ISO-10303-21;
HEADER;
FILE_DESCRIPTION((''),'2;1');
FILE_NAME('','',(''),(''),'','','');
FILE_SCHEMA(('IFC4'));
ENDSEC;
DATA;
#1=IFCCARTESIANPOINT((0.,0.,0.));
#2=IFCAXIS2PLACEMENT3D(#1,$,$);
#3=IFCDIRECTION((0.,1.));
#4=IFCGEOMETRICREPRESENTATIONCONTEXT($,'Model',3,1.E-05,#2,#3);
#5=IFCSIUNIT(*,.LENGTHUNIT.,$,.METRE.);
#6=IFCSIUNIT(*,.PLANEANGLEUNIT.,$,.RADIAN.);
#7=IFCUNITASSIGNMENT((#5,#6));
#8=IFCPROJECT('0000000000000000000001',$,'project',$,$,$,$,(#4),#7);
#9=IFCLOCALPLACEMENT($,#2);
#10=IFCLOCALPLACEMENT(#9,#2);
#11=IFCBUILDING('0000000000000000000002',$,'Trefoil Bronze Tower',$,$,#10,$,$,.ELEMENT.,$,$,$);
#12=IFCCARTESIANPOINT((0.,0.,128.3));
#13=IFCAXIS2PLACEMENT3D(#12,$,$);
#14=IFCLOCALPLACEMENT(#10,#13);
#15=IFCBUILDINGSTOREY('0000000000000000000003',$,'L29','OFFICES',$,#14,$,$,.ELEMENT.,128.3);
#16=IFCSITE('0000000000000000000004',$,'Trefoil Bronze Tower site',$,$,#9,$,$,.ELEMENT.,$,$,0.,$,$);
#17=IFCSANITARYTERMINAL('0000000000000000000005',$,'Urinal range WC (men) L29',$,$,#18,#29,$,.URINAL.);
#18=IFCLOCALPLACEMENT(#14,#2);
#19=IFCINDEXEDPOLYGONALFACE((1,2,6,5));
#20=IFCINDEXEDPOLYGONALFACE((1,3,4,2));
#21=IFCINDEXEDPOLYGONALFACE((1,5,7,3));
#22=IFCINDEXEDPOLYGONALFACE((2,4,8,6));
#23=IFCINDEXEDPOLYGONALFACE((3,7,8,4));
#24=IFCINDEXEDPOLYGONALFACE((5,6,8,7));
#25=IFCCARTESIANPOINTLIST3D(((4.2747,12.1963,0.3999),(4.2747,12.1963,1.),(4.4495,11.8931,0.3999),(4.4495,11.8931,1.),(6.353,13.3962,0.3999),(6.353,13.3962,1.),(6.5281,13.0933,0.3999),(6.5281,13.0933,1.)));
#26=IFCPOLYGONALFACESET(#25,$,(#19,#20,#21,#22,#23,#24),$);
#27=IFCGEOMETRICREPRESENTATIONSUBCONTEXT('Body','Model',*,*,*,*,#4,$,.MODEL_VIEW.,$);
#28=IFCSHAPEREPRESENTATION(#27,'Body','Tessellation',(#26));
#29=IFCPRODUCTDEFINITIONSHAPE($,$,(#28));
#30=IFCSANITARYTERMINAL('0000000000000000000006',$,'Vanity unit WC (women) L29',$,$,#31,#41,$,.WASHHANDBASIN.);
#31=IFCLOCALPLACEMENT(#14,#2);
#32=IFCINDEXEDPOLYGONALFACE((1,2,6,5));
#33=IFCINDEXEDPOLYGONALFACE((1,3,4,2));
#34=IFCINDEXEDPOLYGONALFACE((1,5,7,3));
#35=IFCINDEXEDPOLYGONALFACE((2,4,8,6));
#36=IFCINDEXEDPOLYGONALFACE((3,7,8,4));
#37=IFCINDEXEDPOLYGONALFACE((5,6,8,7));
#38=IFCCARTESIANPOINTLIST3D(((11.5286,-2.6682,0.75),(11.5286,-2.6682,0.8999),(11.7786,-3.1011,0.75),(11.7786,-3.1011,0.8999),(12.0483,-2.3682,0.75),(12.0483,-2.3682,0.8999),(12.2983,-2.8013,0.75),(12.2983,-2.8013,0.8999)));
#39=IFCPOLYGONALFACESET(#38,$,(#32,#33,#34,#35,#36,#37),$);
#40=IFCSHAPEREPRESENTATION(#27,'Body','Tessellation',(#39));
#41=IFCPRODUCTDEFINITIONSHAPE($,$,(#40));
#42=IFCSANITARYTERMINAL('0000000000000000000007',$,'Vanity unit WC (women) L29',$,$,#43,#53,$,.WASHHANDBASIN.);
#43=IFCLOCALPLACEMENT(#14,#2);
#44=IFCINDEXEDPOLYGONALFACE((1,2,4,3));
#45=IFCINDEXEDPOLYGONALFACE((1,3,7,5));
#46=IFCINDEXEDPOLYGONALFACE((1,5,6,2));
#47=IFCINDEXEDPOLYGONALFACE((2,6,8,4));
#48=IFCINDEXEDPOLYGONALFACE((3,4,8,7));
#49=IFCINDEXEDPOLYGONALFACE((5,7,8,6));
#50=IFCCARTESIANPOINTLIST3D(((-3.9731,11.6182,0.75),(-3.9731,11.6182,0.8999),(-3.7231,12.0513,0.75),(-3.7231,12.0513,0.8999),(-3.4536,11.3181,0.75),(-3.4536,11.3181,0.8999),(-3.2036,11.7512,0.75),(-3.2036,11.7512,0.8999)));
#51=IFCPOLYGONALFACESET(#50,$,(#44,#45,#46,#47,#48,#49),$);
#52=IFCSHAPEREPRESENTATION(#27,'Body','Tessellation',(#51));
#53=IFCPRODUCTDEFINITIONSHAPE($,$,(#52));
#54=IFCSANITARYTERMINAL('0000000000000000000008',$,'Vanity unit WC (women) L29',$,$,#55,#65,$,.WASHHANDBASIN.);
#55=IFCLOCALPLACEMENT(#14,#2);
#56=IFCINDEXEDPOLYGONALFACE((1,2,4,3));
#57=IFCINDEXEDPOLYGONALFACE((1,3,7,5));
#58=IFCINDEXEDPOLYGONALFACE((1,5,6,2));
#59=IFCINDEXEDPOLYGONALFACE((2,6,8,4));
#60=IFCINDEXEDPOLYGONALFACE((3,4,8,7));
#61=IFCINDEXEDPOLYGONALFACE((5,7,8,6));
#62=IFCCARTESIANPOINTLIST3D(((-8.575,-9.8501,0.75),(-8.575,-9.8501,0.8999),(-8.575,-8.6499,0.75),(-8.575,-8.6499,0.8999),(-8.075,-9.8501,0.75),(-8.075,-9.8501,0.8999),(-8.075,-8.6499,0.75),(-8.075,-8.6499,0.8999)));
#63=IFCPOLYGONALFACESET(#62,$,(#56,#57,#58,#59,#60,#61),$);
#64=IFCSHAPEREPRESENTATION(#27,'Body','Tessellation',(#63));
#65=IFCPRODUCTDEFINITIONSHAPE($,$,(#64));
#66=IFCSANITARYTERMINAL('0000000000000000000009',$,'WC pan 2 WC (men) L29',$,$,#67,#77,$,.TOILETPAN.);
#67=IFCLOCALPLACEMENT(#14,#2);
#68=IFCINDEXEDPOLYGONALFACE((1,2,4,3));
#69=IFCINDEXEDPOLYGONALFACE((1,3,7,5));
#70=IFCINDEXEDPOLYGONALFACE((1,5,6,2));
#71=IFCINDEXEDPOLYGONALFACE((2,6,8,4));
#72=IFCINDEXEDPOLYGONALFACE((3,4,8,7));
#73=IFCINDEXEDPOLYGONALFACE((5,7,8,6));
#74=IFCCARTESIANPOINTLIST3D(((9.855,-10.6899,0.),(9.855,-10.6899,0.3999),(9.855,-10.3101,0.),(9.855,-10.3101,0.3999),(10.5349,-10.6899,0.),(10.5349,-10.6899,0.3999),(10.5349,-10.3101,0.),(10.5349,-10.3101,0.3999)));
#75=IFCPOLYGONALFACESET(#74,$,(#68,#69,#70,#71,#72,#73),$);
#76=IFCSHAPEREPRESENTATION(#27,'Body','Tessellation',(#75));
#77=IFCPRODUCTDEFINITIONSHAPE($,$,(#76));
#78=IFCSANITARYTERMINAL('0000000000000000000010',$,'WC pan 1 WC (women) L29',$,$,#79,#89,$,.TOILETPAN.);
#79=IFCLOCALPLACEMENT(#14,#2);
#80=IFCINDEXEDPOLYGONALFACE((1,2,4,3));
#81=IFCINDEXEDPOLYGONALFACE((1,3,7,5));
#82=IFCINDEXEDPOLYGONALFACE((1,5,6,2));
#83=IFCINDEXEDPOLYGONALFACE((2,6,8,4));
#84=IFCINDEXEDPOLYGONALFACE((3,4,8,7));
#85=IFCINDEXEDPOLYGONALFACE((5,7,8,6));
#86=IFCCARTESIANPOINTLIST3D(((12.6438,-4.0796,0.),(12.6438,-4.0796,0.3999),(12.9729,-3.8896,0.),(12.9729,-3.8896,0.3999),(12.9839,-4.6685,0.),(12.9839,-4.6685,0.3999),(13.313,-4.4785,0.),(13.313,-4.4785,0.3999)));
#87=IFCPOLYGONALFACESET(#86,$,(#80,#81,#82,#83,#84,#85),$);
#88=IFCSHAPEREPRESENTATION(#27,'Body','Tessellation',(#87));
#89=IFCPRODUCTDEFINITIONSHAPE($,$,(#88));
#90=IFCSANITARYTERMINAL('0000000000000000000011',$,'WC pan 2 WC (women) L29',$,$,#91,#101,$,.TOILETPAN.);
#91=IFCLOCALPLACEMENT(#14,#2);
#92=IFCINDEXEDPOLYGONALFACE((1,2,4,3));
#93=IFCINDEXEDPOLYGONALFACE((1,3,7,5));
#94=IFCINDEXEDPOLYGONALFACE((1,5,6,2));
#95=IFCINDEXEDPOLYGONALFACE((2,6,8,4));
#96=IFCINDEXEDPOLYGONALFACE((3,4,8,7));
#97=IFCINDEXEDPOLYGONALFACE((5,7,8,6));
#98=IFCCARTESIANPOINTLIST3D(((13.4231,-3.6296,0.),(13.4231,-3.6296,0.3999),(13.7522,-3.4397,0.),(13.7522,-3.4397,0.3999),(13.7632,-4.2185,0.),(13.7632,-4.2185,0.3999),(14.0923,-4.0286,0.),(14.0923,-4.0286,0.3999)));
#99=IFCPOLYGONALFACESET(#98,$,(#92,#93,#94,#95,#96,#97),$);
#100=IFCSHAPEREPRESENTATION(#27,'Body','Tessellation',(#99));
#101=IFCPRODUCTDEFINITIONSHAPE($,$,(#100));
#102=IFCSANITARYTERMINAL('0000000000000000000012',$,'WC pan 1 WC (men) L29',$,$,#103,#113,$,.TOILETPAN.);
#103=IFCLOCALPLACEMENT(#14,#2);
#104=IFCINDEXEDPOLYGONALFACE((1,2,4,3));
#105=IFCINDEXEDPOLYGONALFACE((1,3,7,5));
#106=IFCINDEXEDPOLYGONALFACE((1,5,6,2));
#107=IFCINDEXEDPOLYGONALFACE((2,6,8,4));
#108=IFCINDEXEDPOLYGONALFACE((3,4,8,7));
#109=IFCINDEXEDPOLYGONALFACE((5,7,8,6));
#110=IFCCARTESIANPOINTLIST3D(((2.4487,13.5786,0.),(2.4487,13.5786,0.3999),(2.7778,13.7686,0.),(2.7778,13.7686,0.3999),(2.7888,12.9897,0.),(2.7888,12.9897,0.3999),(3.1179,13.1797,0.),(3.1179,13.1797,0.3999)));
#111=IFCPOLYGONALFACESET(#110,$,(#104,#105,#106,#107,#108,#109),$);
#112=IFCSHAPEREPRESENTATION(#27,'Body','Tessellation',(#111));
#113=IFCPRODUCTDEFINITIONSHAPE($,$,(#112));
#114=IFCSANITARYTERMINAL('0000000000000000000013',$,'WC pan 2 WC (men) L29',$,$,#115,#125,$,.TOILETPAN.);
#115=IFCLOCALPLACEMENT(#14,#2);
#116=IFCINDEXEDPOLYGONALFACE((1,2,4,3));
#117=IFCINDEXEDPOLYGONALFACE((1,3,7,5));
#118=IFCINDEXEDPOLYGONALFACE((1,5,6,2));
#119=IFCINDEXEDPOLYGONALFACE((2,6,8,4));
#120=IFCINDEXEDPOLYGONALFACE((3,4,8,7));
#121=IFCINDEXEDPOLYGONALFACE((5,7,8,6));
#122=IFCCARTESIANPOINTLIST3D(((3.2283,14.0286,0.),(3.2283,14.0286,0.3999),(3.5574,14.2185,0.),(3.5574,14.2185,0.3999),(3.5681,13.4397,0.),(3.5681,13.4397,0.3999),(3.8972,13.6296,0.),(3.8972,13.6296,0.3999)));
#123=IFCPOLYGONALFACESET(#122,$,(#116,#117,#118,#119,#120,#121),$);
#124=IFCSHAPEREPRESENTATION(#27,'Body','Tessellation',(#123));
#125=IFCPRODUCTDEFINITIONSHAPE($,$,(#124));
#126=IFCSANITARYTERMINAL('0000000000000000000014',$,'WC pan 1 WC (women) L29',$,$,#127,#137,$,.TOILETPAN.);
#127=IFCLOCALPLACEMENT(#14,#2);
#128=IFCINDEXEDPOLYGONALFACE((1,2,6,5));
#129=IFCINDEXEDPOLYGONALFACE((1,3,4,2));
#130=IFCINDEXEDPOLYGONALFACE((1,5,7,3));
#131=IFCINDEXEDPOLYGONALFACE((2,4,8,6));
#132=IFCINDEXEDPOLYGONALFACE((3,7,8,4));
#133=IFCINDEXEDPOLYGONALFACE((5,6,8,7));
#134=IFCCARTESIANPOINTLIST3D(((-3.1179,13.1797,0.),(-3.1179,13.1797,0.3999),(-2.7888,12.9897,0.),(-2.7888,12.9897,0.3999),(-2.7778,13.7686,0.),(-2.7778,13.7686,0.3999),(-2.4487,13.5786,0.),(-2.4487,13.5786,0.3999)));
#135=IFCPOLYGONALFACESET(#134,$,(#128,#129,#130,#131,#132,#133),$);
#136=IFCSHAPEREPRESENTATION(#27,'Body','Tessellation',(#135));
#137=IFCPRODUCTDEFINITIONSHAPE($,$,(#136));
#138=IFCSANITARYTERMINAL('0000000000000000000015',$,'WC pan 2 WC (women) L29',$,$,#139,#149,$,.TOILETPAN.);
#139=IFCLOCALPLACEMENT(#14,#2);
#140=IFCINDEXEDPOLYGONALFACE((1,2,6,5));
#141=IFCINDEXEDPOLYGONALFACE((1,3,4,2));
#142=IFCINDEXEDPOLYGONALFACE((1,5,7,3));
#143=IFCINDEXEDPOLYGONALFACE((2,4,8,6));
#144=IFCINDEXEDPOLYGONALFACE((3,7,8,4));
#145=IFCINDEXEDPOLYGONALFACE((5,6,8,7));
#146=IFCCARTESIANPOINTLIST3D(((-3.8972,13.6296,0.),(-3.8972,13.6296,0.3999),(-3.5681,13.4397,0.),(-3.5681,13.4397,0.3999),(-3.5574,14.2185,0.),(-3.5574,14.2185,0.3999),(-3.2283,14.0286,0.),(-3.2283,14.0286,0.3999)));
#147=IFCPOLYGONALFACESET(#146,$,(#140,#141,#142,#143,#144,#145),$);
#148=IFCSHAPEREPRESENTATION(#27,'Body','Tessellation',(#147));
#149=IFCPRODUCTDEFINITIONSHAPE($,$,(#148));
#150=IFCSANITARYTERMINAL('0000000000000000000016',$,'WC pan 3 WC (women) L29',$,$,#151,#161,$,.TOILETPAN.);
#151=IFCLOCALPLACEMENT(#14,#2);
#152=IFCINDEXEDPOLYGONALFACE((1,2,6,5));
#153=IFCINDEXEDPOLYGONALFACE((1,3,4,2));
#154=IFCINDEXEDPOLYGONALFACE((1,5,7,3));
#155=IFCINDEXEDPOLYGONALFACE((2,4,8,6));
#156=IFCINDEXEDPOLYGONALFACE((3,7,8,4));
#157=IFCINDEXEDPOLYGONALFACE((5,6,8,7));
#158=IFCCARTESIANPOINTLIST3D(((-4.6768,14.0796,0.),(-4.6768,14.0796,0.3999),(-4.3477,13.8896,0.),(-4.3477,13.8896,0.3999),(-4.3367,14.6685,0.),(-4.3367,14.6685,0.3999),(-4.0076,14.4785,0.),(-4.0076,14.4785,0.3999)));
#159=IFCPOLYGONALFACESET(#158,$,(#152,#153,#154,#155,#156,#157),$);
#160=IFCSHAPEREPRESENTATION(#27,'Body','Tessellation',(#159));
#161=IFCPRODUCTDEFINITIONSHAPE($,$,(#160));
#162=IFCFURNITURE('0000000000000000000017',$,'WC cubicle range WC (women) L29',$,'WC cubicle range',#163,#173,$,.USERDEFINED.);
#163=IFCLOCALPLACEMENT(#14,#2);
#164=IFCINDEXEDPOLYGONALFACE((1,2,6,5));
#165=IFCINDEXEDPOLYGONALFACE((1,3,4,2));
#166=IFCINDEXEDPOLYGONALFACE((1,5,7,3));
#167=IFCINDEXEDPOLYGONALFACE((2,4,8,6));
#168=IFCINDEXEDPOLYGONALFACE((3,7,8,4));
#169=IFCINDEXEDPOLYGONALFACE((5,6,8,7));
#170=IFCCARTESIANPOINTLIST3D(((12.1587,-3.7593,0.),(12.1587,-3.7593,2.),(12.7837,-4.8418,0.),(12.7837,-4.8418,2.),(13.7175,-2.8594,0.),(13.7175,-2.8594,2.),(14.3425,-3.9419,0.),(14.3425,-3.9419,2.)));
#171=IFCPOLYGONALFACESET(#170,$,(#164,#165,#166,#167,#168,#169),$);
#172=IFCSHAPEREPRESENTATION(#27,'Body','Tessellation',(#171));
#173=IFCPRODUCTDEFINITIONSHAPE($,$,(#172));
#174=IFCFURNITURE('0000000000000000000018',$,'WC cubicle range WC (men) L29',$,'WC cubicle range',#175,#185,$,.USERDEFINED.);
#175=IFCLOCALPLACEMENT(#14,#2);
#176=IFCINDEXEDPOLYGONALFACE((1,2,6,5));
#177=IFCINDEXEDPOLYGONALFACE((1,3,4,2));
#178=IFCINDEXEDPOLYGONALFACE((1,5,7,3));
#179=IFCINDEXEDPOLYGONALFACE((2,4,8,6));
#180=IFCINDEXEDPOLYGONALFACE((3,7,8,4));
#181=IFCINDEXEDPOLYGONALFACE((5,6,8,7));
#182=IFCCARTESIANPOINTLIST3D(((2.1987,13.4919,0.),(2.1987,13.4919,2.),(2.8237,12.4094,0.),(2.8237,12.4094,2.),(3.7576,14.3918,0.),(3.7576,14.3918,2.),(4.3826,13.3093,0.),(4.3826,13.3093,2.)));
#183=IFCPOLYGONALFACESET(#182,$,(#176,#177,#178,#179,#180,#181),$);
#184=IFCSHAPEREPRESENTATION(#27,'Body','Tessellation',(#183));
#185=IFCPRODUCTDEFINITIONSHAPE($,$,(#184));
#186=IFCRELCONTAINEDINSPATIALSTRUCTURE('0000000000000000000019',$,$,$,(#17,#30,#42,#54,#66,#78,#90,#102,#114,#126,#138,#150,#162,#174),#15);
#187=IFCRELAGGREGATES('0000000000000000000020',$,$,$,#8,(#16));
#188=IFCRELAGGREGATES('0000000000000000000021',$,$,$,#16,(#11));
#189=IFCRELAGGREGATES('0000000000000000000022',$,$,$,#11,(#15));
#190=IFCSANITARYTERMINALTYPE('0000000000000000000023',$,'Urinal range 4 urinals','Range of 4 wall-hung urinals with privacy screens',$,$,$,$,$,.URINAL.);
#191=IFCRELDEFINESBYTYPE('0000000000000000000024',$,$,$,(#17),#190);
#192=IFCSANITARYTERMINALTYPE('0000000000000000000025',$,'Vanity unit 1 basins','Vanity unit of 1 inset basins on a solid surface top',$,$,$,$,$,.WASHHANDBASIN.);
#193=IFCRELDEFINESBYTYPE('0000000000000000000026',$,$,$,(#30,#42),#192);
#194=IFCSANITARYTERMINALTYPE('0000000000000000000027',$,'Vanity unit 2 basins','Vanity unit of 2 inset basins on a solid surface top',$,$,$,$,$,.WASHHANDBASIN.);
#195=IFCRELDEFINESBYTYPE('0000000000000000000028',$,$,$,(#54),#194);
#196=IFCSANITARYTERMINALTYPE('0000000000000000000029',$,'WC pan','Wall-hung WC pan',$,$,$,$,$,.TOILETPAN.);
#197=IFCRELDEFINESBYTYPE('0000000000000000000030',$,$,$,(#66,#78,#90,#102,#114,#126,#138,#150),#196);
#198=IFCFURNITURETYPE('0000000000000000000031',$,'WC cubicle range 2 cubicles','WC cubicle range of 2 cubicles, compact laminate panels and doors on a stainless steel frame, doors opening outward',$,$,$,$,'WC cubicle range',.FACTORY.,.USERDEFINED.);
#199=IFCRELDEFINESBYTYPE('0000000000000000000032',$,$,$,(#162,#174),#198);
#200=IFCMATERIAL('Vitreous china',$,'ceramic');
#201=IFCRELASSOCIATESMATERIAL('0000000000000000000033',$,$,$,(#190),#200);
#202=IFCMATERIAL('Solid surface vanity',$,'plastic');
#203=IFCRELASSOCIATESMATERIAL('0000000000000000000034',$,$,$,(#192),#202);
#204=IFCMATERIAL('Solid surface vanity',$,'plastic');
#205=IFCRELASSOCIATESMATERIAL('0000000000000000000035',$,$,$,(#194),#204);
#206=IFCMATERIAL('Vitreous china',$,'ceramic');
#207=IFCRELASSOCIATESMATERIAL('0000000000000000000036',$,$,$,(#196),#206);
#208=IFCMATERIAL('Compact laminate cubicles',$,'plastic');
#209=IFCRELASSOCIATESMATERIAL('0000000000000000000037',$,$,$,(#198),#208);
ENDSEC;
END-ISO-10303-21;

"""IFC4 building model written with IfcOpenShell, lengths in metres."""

from ifc_helpers import new_model, si_unit, direction, frame, origin, place, context, subcontext, project, spatial, polyline, outline, extrude, material, type_object, element, save


model = new_model("IFC4")

# Units and contexts
model_context = context("Model", 3, precision=1e-05, world=origin(), true_north=direction((0.0, 1.0)))
body_context = subcontext(model_context, "Body", "Model", "MODEL_VIEW")
ifc_project = project(units=[si_unit("LENGTHUNIT", "METRE"), si_unit("PLANEANGLEUNIT", "RADIAN")], contexts=[model_context])

# Site, building, storey
site_placement = place(None, origin())
site = spatial("IfcSite", under=ifc_project, at=site_placement, Name="Trefoil Bronze Tower site", CompositionType="ELEMENT", RefElevation=0.0)
building_placement = place(site_placement, origin())
building = spatial("IfcBuilding", under=site, at=building_placement, Name="Trefoil Bronze Tower", CompositionType="ELEMENT")
storey_placement = place(building_placement, frame((0.0, 0.0, 128.3)))
storey = spatial("IfcBuildingStorey", under=building, at=storey_placement, Name="L29", Description="OFFICES", CompositionType="ELEMENT", Elevation=128.3)

# Sanitary terminals
ifc_material_1 = material(Name="Vitreous china", Category="ceramic")
sanitary_terminal_type_1 = type_object("IfcSanitaryTerminalType", Name="Urinal range 4 urinals", Description="Range of 4 wall-hung urinals with privacy screens", PredefinedType="URINAL", material=ifc_material_1)
sanitary_terminal_1_placement = place(storey_placement, frame((0.0, 0.0, 0.3999)))
element("IfcSanitaryTerminal", 1, at=sanitary_terminal_1_placement, inside=storey, type_object=sanitary_terminal_type_1, Name="Urinal range WC (men) L29", PredefinedType="URINAL", context=body_context, shape_type="SweptSolid", body=[
    extrude(outline(polyline([(4.4495, 11.8931), (4.2747, 12.1963), (6.353, 13.3962), (6.5281, 13.0933), (4.4495, 11.8931)])), origin(), (0.0, 0.0, 1.0), 0.6001),
])
ifc_material_2 = material(Name="Solid surface vanity", Category="plastic")
sanitary_terminal_type_2 = type_object("IfcSanitaryTerminalType", Name="Vanity unit 1 basins", Description="Vanity unit of 1 inset basins on a solid surface top", PredefinedType="WASHHANDBASIN", material=ifc_material_2)
sanitary_terminal_2_placement = place(storey_placement, frame((0.0, 0.0, 0.75)))
element("IfcSanitaryTerminal", 2, at=sanitary_terminal_2_placement, inside=storey, type_object=sanitary_terminal_type_2, Name="Vanity unit WC (women) L29", PredefinedType="WASHHANDBASIN", context=body_context, shape_type="SweptSolid", body=[
    extrude(outline(polyline([(11.5286, -2.6682), (11.7786, -3.1011), (12.2983, -2.8013), (12.0483, -2.3682), (11.5286, -2.6682)])), origin(), (0.0, 0.0, 1.0), 0.1499),
])
sanitary_terminal_3_placement = place(storey_placement, frame((0.0, 0.0, 0.75)))
element("IfcSanitaryTerminal", 3, at=sanitary_terminal_3_placement, inside=storey, type_object=sanitary_terminal_type_2, Name="Vanity unit WC (women) L29", PredefinedType="WASHHANDBASIN", context=body_context, shape_type="SweptSolid", body=[
    extrude(outline(polyline([(-3.4536, 11.3181), (-3.2036, 11.7512), (-3.7231, 12.0513), (-3.9731, 11.6182), (-3.4536, 11.3181)])), origin(), (0.0, 0.0, 1.0), 0.1499),
])
ifc_material_3 = material(Name="Solid surface vanity", Category="plastic")
sanitary_terminal_type_3 = type_object("IfcSanitaryTerminalType", Name="Vanity unit 2 basins", Description="Vanity unit of 2 inset basins on a solid surface top", PredefinedType="WASHHANDBASIN", material=ifc_material_3)
sanitary_terminal_4_placement = place(storey_placement, frame((0.0, 0.0, 0.75)))
element("IfcSanitaryTerminal", 4, at=sanitary_terminal_4_placement, inside=storey, type_object=sanitary_terminal_type_3, Name="Vanity unit WC (women) L29", PredefinedType="WASHHANDBASIN", context=body_context, shape_type="SweptSolid", body=[
    extrude(outline(polyline([(-8.075, -8.6499), (-8.575, -8.6499), (-8.575, -9.8501), (-8.075, -9.8501), (-8.075, -8.6499)])), origin(), (0.0, 0.0, 1.0), 0.1499),
])
ifc_material_4 = material(Name="Vitreous china", Category="ceramic")
sanitary_terminal_type_4 = type_object("IfcSanitaryTerminalType", Name="WC pan", Description="Wall-hung WC pan", PredefinedType="TOILETPAN", material=ifc_material_4)
sanitary_terminal_5_placement = place(storey_placement, origin())
element("IfcSanitaryTerminal", 5, at=sanitary_terminal_5_placement, inside=storey, type_object=sanitary_terminal_type_4, Name="WC pan 2 WC (men) L29", PredefinedType="TOILETPAN", context=body_context, shape_type="SweptSolid", body=[
    extrude(outline(polyline([(9.855, -10.3101), (10.5349, -10.3101), (10.5349, -10.6899), (9.855, -10.6899), (9.855, -10.3101)])), origin(), (0.0, 0.0, 1.0), 0.3999),
])
sanitary_terminal_6_placement = place(storey_placement, origin())
element("IfcSanitaryTerminal", 6, at=sanitary_terminal_6_placement, inside=storey, type_object=sanitary_terminal_type_4, Name="WC pan 1 WC (women) L29", PredefinedType="TOILETPAN", context=body_context, shape_type="SweptSolid", body=[
    extrude(outline(polyline([(12.6438, -4.0796), (12.9839, -4.6685), (13.313, -4.4785), (12.9729, -3.8896), (12.6438, -4.0796)])), origin(), (0.0, 0.0, 1.0), 0.3999),
])
sanitary_terminal_7_placement = place(storey_placement, origin())
element("IfcSanitaryTerminal", 7, at=sanitary_terminal_7_placement, inside=storey, type_object=sanitary_terminal_type_4, Name="WC pan 2 WC (women) L29", PredefinedType="TOILETPAN", context=body_context, shape_type="SweptSolid", body=[
    extrude(outline(polyline([(13.4231, -3.6296), (13.7632, -4.2185), (14.0923, -4.0286), (13.7522, -3.4397), (13.4231, -3.6296)])), origin(), (0.0, 0.0, 1.0), 0.3999),
])
sanitary_terminal_8_placement = place(storey_placement, origin())
element("IfcSanitaryTerminal", 8, at=sanitary_terminal_8_placement, inside=storey, type_object=sanitary_terminal_type_4, Name="WC pan 1 WC (men) L29", PredefinedType="TOILETPAN", context=body_context, shape_type="SweptSolid", body=[
    extrude(outline(polyline([(2.7888, 12.9897), (2.4487, 13.5786), (2.7778, 13.7686), (3.1179, 13.1797), (2.7888, 12.9897)])), origin(), (0.0, 0.0, 1.0), 0.3999),
])
sanitary_terminal_9_placement = place(storey_placement, origin())
element("IfcSanitaryTerminal", 9, at=sanitary_terminal_9_placement, inside=storey, type_object=sanitary_terminal_type_4, Name="WC pan 2 WC (men) L29", PredefinedType="TOILETPAN", context=body_context, shape_type="SweptSolid", body=[
    extrude(outline(polyline([(3.5681, 13.4397), (3.2283, 14.0286), (3.5574, 14.2185), (3.8972, 13.6296), (3.5681, 13.4397)])), origin(), (0.0, 0.0, 1.0), 0.3999),
])
sanitary_terminal_10_placement = place(storey_placement, origin())
element("IfcSanitaryTerminal", 10, at=sanitary_terminal_10_placement, inside=storey, type_object=sanitary_terminal_type_4, Name="WC pan 1 WC (women) L29", PredefinedType="TOILETPAN", context=body_context, shape_type="SweptSolid", body=[
    extrude(outline(polyline([(-2.7888, 12.9897), (-2.4487, 13.5786), (-2.7778, 13.7686), (-3.1179, 13.1797), (-2.7888, 12.9897)])), origin(), (0.0, 0.0, 1.0), 0.3999),
])
sanitary_terminal_11_placement = place(storey_placement, origin())
element("IfcSanitaryTerminal", 11, at=sanitary_terminal_11_placement, inside=storey, type_object=sanitary_terminal_type_4, Name="WC pan 2 WC (women) L29", PredefinedType="TOILETPAN", context=body_context, shape_type="SweptSolid", body=[
    extrude(outline(polyline([(-3.5681, 13.4397), (-3.2283, 14.0286), (-3.5574, 14.2185), (-3.8972, 13.6296), (-3.5681, 13.4397)])), origin(), (0.0, 0.0, 1.0), 0.3999),
])
sanitary_terminal_12_placement = place(storey_placement, origin())
element("IfcSanitaryTerminal", 12, at=sanitary_terminal_12_placement, inside=storey, type_object=sanitary_terminal_type_4, Name="WC pan 3 WC (women) L29", PredefinedType="TOILETPAN", context=body_context, shape_type="SweptSolid", body=[
    extrude(outline(polyline([(-4.3477, 13.8896), (-4.0076, 14.4785), (-4.3367, 14.6685), (-4.6768, 14.0796), (-4.3477, 13.8896)])), origin(), (0.0, 0.0, 1.0), 0.3999),
])

# Furniture
ifc_material_5 = material(Name="Compact laminate cubicles", Category="plastic")
furniture_type_1 = type_object("IfcFurnitureType", Name="WC cubicle range 2 cubicles", Description="WC cubicle range of 2 cubicles, compact laminate panels and doors on a stainless steel frame, doors opening outward", ElementType="WC cubicle range", AssemblyPlace="FACTORY", PredefinedType="USERDEFINED", material=ifc_material_5)
furniture_1_placement = place(storey_placement, origin())
element("IfcFurniture", 13, at=furniture_1_placement, inside=storey, type_object=furniture_type_1, Name="WC cubicle range WC (women) L29", ObjectType="WC cubicle range", PredefinedType="USERDEFINED", context=body_context, shape_type="SweptSolid", body=[
    extrude(outline(polyline([(12.1587, -3.7593), (12.7837, -4.8418), (14.3425, -3.9419), (13.7175, -2.8594), (12.1587, -3.7593)])), origin(), (0.0, 0.0, 1.0), 2.0),
])
furniture_2_placement = place(storey_placement, origin())
element("IfcFurniture", 14, at=furniture_2_placement, inside=storey, type_object=furniture_type_1, Name="WC cubicle range WC (men) L29", ObjectType="WC cubicle range", PredefinedType="USERDEFINED", context=body_context, shape_type="SweptSolid", body=[
    extrude(outline(polyline([(2.8237, 12.4094), (2.1987, 13.4919), (3.7576, 14.3918), (4.3826, 13.3093), (2.8237, 12.4094)])), origin(), (0.0, 0.0, 1.0), 2.0),
])

save(model, "model.ifc")
